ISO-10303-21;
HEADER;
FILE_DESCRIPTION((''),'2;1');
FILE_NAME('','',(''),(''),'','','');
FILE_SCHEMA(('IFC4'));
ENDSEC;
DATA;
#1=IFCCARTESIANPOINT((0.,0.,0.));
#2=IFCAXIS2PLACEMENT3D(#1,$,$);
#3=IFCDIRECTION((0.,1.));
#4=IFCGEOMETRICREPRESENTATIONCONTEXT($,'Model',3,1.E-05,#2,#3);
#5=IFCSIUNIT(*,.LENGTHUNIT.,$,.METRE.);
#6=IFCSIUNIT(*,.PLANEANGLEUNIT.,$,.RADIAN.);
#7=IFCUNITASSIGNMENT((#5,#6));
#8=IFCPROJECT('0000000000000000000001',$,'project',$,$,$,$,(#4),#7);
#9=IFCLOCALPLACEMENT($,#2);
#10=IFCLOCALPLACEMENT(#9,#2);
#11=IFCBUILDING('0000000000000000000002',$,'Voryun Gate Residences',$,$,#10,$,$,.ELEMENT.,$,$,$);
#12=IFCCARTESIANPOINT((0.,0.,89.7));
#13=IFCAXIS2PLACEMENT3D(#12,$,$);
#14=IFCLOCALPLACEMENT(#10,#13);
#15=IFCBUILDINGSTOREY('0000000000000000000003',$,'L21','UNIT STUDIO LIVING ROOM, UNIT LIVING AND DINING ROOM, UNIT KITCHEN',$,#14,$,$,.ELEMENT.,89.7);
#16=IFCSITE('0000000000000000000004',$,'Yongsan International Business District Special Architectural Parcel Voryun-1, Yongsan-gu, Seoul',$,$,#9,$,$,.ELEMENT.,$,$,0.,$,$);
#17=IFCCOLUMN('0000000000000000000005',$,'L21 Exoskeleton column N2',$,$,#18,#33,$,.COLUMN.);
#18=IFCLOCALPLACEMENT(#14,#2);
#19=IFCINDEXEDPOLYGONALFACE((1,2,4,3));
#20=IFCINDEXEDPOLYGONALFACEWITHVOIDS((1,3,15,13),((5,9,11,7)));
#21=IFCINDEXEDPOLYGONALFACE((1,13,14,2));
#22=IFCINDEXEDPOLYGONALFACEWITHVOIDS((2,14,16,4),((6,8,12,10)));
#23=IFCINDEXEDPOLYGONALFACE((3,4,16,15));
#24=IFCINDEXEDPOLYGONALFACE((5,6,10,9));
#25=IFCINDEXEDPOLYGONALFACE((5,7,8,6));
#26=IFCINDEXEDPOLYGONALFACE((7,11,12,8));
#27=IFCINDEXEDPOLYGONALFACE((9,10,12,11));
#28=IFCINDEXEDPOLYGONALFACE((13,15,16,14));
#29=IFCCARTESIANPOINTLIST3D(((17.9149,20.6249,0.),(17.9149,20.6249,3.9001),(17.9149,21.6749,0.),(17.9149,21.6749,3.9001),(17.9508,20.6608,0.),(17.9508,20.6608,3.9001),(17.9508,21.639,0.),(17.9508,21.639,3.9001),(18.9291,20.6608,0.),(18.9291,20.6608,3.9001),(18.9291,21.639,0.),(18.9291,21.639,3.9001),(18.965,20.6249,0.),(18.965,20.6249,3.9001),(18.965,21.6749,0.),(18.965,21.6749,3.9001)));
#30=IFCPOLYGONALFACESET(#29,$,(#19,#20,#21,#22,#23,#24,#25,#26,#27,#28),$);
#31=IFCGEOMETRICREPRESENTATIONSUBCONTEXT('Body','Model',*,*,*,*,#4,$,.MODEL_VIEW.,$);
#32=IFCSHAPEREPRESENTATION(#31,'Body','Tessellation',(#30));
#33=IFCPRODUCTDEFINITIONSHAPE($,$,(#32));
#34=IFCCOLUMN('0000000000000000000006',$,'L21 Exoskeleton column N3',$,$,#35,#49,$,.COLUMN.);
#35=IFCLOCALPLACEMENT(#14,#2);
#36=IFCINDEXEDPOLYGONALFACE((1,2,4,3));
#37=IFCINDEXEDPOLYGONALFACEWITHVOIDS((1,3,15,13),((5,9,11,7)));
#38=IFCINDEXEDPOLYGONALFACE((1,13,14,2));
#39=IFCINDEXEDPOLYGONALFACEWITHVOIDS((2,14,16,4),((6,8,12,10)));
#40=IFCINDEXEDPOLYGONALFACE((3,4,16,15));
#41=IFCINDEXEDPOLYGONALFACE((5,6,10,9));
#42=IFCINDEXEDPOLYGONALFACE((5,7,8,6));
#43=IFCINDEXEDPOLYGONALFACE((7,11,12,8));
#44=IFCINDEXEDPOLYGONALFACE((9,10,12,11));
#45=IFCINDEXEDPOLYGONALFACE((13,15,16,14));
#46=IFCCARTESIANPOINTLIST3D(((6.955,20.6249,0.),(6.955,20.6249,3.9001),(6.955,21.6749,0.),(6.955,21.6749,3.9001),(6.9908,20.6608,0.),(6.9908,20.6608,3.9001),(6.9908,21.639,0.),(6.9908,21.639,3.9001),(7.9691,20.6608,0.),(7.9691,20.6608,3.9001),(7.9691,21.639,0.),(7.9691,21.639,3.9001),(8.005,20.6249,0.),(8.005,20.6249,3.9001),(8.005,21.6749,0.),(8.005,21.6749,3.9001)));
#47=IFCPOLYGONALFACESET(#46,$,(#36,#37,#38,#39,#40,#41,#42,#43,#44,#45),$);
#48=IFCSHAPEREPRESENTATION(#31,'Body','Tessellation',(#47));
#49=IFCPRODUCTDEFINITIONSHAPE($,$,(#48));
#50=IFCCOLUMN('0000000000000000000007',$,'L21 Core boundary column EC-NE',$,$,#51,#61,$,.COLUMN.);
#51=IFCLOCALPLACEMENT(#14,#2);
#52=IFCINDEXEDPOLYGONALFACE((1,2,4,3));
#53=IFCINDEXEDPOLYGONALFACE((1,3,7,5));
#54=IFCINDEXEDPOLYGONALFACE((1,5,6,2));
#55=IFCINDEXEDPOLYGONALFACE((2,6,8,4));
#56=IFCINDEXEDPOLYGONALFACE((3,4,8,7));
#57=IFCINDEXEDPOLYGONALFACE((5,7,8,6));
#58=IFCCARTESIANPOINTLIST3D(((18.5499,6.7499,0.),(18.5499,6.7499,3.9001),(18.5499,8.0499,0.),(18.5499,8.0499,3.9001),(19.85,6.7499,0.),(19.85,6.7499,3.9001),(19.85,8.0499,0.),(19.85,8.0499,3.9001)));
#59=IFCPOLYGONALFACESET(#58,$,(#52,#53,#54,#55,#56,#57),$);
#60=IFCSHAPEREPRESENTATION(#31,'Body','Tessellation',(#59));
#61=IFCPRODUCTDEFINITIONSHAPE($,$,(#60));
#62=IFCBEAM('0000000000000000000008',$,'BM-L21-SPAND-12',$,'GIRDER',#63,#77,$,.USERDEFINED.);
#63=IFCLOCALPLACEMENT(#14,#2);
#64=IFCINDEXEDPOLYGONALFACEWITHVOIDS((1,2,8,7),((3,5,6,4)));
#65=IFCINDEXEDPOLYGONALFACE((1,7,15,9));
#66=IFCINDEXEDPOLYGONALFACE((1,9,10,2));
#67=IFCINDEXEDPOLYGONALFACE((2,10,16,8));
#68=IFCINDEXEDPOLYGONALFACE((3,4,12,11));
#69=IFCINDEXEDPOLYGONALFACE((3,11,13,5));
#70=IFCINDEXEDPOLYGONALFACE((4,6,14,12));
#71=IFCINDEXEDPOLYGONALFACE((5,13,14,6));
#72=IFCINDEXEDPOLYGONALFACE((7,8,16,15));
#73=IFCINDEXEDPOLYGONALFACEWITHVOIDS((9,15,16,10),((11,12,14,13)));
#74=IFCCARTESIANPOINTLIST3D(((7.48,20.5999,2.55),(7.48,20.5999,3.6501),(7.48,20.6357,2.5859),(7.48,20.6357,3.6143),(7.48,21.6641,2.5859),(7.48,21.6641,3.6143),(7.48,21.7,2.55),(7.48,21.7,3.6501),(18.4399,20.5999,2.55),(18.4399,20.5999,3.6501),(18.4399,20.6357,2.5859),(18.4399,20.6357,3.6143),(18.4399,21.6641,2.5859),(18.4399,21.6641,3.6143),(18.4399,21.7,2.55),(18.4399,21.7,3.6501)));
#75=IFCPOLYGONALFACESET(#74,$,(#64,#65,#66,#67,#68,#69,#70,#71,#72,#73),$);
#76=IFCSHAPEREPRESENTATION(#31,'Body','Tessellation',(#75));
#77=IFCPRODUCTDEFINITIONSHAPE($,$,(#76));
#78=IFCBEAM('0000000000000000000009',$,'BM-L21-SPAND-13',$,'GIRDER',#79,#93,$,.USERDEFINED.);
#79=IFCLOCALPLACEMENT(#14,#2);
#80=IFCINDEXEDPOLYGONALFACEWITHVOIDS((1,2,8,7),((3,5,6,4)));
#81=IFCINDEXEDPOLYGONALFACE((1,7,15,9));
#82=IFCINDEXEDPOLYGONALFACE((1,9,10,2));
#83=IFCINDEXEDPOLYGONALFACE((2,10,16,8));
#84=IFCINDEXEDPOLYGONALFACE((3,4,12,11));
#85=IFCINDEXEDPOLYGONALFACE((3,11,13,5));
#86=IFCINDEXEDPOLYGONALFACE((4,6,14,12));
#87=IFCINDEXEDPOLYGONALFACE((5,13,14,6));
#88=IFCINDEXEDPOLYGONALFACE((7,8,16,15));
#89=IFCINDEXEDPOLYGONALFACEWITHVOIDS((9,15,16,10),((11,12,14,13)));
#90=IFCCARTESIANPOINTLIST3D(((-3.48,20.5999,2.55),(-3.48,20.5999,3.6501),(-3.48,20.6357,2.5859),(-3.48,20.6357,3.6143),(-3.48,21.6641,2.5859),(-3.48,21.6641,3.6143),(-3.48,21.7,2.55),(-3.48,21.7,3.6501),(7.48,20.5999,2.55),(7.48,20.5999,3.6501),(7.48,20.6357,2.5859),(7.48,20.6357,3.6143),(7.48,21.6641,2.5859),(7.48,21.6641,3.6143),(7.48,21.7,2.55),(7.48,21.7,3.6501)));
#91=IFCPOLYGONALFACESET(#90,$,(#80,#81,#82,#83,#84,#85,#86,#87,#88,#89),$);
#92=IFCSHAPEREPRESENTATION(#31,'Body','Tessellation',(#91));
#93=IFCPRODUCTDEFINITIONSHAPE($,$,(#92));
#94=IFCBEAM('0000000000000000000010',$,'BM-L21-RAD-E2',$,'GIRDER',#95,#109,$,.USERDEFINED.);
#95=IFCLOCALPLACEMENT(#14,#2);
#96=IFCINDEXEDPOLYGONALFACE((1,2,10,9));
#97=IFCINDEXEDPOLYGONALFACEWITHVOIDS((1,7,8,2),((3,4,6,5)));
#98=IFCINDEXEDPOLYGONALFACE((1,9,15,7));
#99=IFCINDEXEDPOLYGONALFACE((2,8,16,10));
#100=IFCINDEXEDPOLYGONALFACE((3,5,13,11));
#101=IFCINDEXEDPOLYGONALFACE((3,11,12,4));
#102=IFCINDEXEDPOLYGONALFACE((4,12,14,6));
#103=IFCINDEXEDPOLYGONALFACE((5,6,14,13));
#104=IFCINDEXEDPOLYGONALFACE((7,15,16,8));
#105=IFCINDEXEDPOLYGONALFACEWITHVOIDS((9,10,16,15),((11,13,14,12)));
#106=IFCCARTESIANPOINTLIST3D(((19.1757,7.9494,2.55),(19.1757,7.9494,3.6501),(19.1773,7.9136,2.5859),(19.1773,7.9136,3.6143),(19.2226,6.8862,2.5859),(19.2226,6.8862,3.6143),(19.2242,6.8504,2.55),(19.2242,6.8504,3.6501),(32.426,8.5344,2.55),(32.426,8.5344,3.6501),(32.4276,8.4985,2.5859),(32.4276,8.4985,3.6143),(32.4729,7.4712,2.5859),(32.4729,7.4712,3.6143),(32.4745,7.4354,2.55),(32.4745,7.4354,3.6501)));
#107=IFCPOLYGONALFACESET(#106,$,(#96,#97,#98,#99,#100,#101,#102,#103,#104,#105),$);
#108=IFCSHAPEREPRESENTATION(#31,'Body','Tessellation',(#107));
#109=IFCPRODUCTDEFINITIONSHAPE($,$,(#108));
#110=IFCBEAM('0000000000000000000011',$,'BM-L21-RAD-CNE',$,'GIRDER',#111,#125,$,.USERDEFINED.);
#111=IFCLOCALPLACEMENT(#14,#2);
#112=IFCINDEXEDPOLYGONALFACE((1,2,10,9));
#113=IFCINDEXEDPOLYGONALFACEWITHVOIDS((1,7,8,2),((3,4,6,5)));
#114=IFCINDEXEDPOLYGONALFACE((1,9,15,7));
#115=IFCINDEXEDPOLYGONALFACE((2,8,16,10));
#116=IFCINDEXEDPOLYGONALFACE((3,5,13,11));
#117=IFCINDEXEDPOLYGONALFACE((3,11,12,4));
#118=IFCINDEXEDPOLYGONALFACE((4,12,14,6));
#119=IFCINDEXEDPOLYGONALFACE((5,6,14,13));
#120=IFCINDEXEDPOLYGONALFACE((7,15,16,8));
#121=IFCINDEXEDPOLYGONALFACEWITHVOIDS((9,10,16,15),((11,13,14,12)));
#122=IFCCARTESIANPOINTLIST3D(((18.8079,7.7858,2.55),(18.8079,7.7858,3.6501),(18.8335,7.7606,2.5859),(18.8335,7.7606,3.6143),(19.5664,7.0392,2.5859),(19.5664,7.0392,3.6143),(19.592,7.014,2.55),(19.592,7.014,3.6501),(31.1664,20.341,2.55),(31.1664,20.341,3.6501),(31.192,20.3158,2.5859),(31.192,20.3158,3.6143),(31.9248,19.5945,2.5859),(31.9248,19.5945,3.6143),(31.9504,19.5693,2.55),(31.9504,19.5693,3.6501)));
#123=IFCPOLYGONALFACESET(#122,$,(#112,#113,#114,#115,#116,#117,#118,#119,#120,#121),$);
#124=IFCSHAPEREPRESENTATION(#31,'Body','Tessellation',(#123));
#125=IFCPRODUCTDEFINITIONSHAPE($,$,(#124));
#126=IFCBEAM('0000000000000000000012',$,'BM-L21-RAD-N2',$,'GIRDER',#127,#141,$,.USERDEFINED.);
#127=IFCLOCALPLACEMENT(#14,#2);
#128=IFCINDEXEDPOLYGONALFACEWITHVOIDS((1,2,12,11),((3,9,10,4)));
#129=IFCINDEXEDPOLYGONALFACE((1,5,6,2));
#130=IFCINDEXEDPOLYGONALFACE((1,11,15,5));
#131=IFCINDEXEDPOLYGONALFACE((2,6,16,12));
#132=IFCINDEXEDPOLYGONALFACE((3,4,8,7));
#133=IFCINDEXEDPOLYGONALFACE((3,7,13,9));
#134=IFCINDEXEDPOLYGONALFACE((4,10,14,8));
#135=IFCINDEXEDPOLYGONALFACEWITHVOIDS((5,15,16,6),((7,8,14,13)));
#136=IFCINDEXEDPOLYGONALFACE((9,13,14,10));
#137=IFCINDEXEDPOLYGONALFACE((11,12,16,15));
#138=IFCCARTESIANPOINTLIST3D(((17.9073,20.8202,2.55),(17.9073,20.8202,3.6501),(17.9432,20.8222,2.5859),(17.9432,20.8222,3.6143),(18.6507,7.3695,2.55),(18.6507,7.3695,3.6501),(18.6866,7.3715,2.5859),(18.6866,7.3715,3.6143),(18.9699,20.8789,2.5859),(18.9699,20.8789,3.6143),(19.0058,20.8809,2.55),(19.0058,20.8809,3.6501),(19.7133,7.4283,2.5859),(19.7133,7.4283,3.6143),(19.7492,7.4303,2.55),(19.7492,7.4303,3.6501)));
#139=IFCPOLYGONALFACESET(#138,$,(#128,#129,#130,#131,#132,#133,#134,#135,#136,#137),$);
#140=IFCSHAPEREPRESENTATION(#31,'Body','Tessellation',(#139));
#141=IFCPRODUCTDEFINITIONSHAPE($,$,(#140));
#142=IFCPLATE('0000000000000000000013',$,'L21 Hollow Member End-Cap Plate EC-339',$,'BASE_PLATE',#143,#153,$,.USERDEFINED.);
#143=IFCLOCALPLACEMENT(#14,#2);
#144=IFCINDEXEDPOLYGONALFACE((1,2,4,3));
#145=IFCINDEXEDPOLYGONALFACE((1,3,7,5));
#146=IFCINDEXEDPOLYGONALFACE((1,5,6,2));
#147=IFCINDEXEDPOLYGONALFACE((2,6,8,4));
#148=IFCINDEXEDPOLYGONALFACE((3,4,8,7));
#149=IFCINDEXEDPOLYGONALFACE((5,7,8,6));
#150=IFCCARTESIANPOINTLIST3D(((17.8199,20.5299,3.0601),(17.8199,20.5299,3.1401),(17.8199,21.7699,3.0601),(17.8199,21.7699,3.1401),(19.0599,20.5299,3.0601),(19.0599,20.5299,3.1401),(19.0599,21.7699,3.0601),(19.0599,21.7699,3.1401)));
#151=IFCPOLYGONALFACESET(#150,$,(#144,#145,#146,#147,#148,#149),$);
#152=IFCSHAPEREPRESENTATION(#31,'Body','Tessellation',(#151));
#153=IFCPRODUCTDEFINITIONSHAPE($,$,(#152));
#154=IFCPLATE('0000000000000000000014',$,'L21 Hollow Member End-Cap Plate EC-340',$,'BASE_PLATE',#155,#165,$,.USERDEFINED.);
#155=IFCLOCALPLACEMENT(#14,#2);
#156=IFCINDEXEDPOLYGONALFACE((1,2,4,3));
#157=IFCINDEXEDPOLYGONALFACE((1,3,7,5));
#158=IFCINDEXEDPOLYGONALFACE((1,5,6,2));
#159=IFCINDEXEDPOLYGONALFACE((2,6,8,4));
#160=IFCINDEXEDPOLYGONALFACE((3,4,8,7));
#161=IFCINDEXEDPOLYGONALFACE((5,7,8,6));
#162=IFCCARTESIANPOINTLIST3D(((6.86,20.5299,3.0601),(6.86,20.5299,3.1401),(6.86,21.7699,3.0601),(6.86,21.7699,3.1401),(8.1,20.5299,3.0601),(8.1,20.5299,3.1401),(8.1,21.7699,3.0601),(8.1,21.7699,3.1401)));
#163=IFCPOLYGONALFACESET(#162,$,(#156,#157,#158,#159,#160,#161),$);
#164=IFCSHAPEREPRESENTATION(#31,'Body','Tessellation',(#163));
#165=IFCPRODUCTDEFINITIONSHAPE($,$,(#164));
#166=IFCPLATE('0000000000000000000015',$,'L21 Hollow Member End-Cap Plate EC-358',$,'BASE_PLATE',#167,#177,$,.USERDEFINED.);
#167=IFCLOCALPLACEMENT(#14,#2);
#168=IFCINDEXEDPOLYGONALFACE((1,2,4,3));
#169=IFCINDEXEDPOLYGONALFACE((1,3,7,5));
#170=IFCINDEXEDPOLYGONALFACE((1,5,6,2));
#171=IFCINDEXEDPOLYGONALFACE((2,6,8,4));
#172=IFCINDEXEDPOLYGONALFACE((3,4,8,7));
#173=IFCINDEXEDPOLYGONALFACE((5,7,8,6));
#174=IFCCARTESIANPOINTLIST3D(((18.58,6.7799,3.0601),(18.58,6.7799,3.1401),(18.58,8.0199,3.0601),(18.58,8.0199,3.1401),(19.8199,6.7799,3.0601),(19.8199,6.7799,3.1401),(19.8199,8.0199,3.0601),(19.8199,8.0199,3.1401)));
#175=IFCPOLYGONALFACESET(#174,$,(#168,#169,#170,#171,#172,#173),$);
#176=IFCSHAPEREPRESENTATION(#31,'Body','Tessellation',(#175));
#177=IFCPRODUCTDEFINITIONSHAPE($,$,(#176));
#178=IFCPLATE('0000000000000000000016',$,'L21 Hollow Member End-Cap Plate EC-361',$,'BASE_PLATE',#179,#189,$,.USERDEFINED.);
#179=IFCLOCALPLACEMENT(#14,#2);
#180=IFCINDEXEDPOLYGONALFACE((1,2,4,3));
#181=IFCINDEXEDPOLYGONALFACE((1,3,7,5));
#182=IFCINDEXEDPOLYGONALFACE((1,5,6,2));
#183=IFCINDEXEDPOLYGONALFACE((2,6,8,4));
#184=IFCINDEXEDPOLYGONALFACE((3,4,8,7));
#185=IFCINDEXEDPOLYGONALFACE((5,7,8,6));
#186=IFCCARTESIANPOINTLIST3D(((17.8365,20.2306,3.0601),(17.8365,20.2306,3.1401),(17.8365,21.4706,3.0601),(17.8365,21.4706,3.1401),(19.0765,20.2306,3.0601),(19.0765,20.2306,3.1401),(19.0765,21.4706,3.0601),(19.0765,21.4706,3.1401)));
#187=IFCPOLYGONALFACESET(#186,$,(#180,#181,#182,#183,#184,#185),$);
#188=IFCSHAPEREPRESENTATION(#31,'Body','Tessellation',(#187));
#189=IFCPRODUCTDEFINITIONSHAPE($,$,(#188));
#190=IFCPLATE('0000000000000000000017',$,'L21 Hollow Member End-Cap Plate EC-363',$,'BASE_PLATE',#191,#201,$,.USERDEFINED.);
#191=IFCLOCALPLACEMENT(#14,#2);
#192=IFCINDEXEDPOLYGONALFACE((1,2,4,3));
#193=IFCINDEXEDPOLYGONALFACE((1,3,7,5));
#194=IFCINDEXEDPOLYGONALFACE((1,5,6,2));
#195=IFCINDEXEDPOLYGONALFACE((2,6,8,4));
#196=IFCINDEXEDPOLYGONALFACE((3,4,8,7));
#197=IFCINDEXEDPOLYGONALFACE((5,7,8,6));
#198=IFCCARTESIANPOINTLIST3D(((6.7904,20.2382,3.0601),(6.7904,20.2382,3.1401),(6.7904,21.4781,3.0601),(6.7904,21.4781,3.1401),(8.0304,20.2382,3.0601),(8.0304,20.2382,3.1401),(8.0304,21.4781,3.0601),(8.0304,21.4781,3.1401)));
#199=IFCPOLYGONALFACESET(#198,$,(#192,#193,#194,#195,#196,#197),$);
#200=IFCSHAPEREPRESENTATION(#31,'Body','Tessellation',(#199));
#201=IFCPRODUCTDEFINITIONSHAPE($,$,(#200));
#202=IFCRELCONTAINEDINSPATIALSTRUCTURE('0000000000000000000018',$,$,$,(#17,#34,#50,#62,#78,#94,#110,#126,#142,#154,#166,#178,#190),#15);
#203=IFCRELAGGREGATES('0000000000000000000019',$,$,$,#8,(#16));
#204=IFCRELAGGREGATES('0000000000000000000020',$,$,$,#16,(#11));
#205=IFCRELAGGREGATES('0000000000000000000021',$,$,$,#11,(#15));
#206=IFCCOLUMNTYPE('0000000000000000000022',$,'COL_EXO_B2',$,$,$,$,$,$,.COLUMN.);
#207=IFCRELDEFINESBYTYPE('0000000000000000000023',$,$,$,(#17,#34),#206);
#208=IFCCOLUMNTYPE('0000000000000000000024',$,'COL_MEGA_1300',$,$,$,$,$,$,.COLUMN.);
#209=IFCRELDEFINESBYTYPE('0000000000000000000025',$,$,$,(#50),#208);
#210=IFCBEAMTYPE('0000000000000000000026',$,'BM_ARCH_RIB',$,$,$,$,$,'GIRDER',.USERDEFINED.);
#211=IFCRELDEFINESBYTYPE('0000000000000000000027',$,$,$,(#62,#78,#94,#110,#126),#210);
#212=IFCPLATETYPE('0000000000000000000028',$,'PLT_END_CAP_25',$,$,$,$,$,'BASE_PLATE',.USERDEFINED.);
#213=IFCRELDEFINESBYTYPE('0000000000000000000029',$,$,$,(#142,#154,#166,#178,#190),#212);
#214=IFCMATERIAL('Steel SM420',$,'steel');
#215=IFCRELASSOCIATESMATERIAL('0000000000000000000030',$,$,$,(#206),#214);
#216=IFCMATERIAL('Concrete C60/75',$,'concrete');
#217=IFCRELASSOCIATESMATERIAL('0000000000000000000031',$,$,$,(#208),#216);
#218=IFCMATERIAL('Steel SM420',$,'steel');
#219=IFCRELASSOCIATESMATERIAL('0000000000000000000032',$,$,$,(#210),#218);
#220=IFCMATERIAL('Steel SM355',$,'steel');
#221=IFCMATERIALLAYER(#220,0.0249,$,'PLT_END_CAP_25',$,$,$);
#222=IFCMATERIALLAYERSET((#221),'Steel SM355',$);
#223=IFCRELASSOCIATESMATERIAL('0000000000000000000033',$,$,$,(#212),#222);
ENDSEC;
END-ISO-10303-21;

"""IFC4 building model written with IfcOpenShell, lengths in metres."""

from ifc_helpers import new_model, si_unit, direction, frame, origin, origin_2d, place, context, subcontext, project, spatial, rectangle, hollow_rectangle, extrude, material, layer, layer_set, material_profile, profile_set, type_object, element, save


model = new_model("IFC4")

# Units and contexts
model_context = context("Model", 3, precision=1e-05, world=origin(), true_north=direction((0.0, 1.0)))
body_context = subcontext(model_context, "Body", "Model", "MODEL_VIEW")
ifc_project = project(units=[si_unit("LENGTHUNIT", "METRE"), si_unit("PLANEANGLEUNIT", "RADIAN")], contexts=[model_context])

# Site, building, storey
site_placement = place(None, origin())
site = spatial("IfcSite", under=ifc_project, at=site_placement, Name="Yongsan International Business District Special Architectural Parcel Voryun-1, Yongsan-gu, Seoul", CompositionType="ELEMENT", RefElevation=0.0)
building_placement = place(site_placement, origin())
building = spatial("IfcBuilding", under=site, at=building_placement, Name="Voryun Gate Residences", CompositionType="ELEMENT")
storey_placement = place(building_placement, frame((0.0, 0.0, 89.7)))
storey = spatial("IfcBuildingStorey", under=building, at=storey_placement, Name="L21", Description="UNIT STUDIO LIVING ROOM, UNIT LIVING AND DINING ROOM, UNIT KITCHEN", CompositionType="ELEMENT", Elevation=89.7)

# Columns
ifc_material_1 = material(Name="Steel SM420", Category="steel")
ifc_material_profile_1 = material_profile(ifc_material_1, hollow_rectangle(XDim=1.05, YDim=1.05, WallThickness=0.0359, at=origin_2d()), Name="BOX-1050x1050x36")
ifc_profile_set_1 = profile_set([ifc_material_profile_1], Name="Steel SM420")
column_type_1 = type_object("IfcColumnType", Name="COL_EXO_B2", PredefinedType="COLUMN", material=ifc_profile_set_1)
for number, where, z_axis, x_axis, name in (
    (1, (18.4399, 21.1499, 0.0), (0.0, 0.0, 1.0), (1.0, 0.0, 0.0), "L21 Exoskeleton column N2"),
    (2, (7.48, 21.1499, 0.0), (0.0, 0.0, 1.0), (1.0, 0.0, 0.0), "L21 Exoskeleton column N3"),
):
    element("IfcColumn", number, at=place(storey_placement, frame(where, z_axis=z_axis, x_axis=x_axis)), inside=storey, type_object=column_type_1, Name=name, PredefinedType="COLUMN", context=body_context, shape_type="SweptSolid", body=[
        extrude(hollow_rectangle(XDim=1.05, YDim=1.05, WallThickness=0.0359, at=origin_2d()), origin(), (0.0, 0.0, 1.0), 3.9001),
    ])
ifc_material_2 = material(Name="Concrete C60/75", Category="concrete")
ifc_material_profile_2 = material_profile(ifc_material_2, rectangle(XDim=1.3, YDim=1.3, at=origin_2d()), Name="RC-1300x1300")
ifc_profile_set_2 = profile_set([ifc_material_profile_2], Name="Concrete C60/75")
column_type_2 = type_object("IfcColumnType", Name="COL_MEGA_1300", PredefinedType="COLUMN", material=ifc_profile_set_2)
column_placement = place(storey_placement, frame((19.2, 7.3999, 0.0), z_axis=(0.0, 0.0, 1.0), x_axis=(1.0, 0.0, 0.0)))
element("IfcColumn", 3, at=column_placement, inside=storey, type_object=column_type_2, Name="L21 Core boundary column EC-NE", PredefinedType="COLUMN", context=body_context, shape_type="SweptSolid", body=[
    extrude(rectangle(XDim=1.3, YDim=1.3, at=origin_2d()), origin(), (0.0, 0.0, 1.0), 3.9001),
])

# Beams
ifc_material_3 = material(Name="Steel SM420", Category="steel")
ifc_material_profile_3 = material_profile(ifc_material_3, hollow_rectangle(XDim=1.1001, YDim=1.1001, WallThickness=0.0359, at=origin_2d()), Name="BOX-1100x1100x36")
ifc_profile_set_3 = profile_set([ifc_material_profile_3], Name="Steel SM420")
beam_type = type_object("IfcBeamType", Name="BM_ARCH_RIB", ElementType="GIRDER", PredefinedType="USERDEFINED", material=ifc_profile_set_3)
for number, where, z_axis, x_axis, name in (
    (4, (18.4399, 21.1499, 3.1001), (-1.0, 0.0, 0.0), (0.0, -1.0, 0.0), "BM-L21-SPAND-12"),
    (5, (7.48, 21.1499, 3.1001), (-1.0, 0.0, 0.0), (0.0, -1.0, 0.0), "BM-L21-SPAND-13"),
):
    element("IfcBeam", number, at=place(storey_placement, frame(where, z_axis=z_axis, x_axis=x_axis)), inside=storey, type_object=beam_type, Name=name, ObjectType="GIRDER", PredefinedType="USERDEFINED", context=body_context, shape_type="SweptSolid", body=[
        extrude(hollow_rectangle(XDim=1.1001, YDim=1.1001, WallThickness=0.0359, at=origin_2d()), origin(), (0.0, 0.0, 1.0), 10.96),
    ])
beam_1_placement = place(storey_placement, frame((19.2, 7.3999, 3.1001), z_axis=(0.999027, 0.044104, 0.0), x_axis=(-0.044104, 0.999027, 0.0)))
element("IfcBeam", 6, at=beam_1_placement, inside=storey, type_object=beam_type, Name="BM-L21-RAD-E2", ObjectType="GIRDER", PredefinedType="USERDEFINED", context=body_context, shape_type="SweptSolid", body=[
    extrude(hollow_rectangle(XDim=1.1001, YDim=1.1001, WallThickness=0.0359, at=origin_2d()), origin(), (0.0, 0.0, 1.0), 13.2632),
])
beam_2_placement = place(storey_placement, frame((19.2, 7.3999, 3.1001), z_axis=(0.7015, 0.71267, 0.0), x_axis=(-0.71267, 0.7015, 0.0)))
element("IfcBeam", 7, at=beam_2_placement, inside=storey, type_object=beam_type, Name="BM-L21-RAD-CNE", ObjectType="GIRDER", PredefinedType="USERDEFINED", context=body_context, shape_type="SweptSolid", body=[
    extrude(hollow_rectangle(XDim=1.1001, YDim=1.1001, WallThickness=0.0359, at=origin_2d()), origin(), (0.0, 0.0, 1.0), 17.6172),
])
beam_3_placement = place(storey_placement, frame((19.2, 7.3999, 3.1001), z_axis=(-0.055185, 0.998476, 0.0), x_axis=(-0.998476, -0.055185, 0.0)))
element("IfcBeam", 8, at=beam_3_placement, inside=storey, type_object=beam_type, Name="BM-L21-RAD-N2", ObjectType="GIRDER", PredefinedType="USERDEFINED", context=body_context, shape_type="SweptSolid", body=[
    extrude(hollow_rectangle(XDim=1.1001, YDim=1.1001, WallThickness=0.0359, at=origin_2d()), origin(), (0.0, 0.0, 1.0), 13.4712),
])

# Plates
ifc_material_4 = material(Name="Steel SM355", Category="steel")
ifc_layer_1 = layer(ifc_material_4, 0.0249, Name="PLT_END_CAP_25")
ifc_layer_set_1 = layer_set([ifc_layer_1], Name="Steel SM355")
plate_type = type_object("IfcPlateType", Name="PLT_END_CAP_25", ElementType="BASE_PLATE", PredefinedType="USERDEFINED", material=ifc_layer_set_1)
for number, where, z_axis, x_axis, name in (
    (9, (18.4399, 21.1499, 3.0601), (0.0, 0.0, 1.0), (1.0, 0.0, 0.0), "L21 Hollow Member End-Cap Plate EC-339"),
    (10, (7.48, 21.1499, 3.0601), (0.0, 0.0, 1.0), (1.0, 0.0, 0.0), "L21 Hollow Member End-Cap Plate EC-340"),
    (11, (19.2, 7.3999, 3.0601), (0.0, 0.0, 1.0), (1.0, 0.0, 0.0), "L21 Hollow Member End-Cap Plate EC-358"),
    (12, (18.4565, 20.8506, 3.0601), (0.0, 0.0, 1.0), (1.0, 0.0, 0.0), "L21 Hollow Member End-Cap Plate EC-361"),
    (13, (7.4104, 20.8582, 3.0601), (0.0, 0.0, 1.0), (1.0, 0.0, 0.0), "L21 Hollow Member End-Cap Plate EC-363"),
):
    element("IfcPlate", number, at=place(storey_placement, frame(where, z_axis=z_axis, x_axis=x_axis)), inside=storey, type_object=plate_type, Name=name, ObjectType="BASE_PLATE", PredefinedType="USERDEFINED", context=body_context, shape_type="SweptSolid", body=[
        extrude(rectangle(XDim=1.24, YDim=1.24, at=origin_2d()), origin(), (0.0, 0.0, 1.0), 0.0801),
    ])

save(model, "model.ifc")
